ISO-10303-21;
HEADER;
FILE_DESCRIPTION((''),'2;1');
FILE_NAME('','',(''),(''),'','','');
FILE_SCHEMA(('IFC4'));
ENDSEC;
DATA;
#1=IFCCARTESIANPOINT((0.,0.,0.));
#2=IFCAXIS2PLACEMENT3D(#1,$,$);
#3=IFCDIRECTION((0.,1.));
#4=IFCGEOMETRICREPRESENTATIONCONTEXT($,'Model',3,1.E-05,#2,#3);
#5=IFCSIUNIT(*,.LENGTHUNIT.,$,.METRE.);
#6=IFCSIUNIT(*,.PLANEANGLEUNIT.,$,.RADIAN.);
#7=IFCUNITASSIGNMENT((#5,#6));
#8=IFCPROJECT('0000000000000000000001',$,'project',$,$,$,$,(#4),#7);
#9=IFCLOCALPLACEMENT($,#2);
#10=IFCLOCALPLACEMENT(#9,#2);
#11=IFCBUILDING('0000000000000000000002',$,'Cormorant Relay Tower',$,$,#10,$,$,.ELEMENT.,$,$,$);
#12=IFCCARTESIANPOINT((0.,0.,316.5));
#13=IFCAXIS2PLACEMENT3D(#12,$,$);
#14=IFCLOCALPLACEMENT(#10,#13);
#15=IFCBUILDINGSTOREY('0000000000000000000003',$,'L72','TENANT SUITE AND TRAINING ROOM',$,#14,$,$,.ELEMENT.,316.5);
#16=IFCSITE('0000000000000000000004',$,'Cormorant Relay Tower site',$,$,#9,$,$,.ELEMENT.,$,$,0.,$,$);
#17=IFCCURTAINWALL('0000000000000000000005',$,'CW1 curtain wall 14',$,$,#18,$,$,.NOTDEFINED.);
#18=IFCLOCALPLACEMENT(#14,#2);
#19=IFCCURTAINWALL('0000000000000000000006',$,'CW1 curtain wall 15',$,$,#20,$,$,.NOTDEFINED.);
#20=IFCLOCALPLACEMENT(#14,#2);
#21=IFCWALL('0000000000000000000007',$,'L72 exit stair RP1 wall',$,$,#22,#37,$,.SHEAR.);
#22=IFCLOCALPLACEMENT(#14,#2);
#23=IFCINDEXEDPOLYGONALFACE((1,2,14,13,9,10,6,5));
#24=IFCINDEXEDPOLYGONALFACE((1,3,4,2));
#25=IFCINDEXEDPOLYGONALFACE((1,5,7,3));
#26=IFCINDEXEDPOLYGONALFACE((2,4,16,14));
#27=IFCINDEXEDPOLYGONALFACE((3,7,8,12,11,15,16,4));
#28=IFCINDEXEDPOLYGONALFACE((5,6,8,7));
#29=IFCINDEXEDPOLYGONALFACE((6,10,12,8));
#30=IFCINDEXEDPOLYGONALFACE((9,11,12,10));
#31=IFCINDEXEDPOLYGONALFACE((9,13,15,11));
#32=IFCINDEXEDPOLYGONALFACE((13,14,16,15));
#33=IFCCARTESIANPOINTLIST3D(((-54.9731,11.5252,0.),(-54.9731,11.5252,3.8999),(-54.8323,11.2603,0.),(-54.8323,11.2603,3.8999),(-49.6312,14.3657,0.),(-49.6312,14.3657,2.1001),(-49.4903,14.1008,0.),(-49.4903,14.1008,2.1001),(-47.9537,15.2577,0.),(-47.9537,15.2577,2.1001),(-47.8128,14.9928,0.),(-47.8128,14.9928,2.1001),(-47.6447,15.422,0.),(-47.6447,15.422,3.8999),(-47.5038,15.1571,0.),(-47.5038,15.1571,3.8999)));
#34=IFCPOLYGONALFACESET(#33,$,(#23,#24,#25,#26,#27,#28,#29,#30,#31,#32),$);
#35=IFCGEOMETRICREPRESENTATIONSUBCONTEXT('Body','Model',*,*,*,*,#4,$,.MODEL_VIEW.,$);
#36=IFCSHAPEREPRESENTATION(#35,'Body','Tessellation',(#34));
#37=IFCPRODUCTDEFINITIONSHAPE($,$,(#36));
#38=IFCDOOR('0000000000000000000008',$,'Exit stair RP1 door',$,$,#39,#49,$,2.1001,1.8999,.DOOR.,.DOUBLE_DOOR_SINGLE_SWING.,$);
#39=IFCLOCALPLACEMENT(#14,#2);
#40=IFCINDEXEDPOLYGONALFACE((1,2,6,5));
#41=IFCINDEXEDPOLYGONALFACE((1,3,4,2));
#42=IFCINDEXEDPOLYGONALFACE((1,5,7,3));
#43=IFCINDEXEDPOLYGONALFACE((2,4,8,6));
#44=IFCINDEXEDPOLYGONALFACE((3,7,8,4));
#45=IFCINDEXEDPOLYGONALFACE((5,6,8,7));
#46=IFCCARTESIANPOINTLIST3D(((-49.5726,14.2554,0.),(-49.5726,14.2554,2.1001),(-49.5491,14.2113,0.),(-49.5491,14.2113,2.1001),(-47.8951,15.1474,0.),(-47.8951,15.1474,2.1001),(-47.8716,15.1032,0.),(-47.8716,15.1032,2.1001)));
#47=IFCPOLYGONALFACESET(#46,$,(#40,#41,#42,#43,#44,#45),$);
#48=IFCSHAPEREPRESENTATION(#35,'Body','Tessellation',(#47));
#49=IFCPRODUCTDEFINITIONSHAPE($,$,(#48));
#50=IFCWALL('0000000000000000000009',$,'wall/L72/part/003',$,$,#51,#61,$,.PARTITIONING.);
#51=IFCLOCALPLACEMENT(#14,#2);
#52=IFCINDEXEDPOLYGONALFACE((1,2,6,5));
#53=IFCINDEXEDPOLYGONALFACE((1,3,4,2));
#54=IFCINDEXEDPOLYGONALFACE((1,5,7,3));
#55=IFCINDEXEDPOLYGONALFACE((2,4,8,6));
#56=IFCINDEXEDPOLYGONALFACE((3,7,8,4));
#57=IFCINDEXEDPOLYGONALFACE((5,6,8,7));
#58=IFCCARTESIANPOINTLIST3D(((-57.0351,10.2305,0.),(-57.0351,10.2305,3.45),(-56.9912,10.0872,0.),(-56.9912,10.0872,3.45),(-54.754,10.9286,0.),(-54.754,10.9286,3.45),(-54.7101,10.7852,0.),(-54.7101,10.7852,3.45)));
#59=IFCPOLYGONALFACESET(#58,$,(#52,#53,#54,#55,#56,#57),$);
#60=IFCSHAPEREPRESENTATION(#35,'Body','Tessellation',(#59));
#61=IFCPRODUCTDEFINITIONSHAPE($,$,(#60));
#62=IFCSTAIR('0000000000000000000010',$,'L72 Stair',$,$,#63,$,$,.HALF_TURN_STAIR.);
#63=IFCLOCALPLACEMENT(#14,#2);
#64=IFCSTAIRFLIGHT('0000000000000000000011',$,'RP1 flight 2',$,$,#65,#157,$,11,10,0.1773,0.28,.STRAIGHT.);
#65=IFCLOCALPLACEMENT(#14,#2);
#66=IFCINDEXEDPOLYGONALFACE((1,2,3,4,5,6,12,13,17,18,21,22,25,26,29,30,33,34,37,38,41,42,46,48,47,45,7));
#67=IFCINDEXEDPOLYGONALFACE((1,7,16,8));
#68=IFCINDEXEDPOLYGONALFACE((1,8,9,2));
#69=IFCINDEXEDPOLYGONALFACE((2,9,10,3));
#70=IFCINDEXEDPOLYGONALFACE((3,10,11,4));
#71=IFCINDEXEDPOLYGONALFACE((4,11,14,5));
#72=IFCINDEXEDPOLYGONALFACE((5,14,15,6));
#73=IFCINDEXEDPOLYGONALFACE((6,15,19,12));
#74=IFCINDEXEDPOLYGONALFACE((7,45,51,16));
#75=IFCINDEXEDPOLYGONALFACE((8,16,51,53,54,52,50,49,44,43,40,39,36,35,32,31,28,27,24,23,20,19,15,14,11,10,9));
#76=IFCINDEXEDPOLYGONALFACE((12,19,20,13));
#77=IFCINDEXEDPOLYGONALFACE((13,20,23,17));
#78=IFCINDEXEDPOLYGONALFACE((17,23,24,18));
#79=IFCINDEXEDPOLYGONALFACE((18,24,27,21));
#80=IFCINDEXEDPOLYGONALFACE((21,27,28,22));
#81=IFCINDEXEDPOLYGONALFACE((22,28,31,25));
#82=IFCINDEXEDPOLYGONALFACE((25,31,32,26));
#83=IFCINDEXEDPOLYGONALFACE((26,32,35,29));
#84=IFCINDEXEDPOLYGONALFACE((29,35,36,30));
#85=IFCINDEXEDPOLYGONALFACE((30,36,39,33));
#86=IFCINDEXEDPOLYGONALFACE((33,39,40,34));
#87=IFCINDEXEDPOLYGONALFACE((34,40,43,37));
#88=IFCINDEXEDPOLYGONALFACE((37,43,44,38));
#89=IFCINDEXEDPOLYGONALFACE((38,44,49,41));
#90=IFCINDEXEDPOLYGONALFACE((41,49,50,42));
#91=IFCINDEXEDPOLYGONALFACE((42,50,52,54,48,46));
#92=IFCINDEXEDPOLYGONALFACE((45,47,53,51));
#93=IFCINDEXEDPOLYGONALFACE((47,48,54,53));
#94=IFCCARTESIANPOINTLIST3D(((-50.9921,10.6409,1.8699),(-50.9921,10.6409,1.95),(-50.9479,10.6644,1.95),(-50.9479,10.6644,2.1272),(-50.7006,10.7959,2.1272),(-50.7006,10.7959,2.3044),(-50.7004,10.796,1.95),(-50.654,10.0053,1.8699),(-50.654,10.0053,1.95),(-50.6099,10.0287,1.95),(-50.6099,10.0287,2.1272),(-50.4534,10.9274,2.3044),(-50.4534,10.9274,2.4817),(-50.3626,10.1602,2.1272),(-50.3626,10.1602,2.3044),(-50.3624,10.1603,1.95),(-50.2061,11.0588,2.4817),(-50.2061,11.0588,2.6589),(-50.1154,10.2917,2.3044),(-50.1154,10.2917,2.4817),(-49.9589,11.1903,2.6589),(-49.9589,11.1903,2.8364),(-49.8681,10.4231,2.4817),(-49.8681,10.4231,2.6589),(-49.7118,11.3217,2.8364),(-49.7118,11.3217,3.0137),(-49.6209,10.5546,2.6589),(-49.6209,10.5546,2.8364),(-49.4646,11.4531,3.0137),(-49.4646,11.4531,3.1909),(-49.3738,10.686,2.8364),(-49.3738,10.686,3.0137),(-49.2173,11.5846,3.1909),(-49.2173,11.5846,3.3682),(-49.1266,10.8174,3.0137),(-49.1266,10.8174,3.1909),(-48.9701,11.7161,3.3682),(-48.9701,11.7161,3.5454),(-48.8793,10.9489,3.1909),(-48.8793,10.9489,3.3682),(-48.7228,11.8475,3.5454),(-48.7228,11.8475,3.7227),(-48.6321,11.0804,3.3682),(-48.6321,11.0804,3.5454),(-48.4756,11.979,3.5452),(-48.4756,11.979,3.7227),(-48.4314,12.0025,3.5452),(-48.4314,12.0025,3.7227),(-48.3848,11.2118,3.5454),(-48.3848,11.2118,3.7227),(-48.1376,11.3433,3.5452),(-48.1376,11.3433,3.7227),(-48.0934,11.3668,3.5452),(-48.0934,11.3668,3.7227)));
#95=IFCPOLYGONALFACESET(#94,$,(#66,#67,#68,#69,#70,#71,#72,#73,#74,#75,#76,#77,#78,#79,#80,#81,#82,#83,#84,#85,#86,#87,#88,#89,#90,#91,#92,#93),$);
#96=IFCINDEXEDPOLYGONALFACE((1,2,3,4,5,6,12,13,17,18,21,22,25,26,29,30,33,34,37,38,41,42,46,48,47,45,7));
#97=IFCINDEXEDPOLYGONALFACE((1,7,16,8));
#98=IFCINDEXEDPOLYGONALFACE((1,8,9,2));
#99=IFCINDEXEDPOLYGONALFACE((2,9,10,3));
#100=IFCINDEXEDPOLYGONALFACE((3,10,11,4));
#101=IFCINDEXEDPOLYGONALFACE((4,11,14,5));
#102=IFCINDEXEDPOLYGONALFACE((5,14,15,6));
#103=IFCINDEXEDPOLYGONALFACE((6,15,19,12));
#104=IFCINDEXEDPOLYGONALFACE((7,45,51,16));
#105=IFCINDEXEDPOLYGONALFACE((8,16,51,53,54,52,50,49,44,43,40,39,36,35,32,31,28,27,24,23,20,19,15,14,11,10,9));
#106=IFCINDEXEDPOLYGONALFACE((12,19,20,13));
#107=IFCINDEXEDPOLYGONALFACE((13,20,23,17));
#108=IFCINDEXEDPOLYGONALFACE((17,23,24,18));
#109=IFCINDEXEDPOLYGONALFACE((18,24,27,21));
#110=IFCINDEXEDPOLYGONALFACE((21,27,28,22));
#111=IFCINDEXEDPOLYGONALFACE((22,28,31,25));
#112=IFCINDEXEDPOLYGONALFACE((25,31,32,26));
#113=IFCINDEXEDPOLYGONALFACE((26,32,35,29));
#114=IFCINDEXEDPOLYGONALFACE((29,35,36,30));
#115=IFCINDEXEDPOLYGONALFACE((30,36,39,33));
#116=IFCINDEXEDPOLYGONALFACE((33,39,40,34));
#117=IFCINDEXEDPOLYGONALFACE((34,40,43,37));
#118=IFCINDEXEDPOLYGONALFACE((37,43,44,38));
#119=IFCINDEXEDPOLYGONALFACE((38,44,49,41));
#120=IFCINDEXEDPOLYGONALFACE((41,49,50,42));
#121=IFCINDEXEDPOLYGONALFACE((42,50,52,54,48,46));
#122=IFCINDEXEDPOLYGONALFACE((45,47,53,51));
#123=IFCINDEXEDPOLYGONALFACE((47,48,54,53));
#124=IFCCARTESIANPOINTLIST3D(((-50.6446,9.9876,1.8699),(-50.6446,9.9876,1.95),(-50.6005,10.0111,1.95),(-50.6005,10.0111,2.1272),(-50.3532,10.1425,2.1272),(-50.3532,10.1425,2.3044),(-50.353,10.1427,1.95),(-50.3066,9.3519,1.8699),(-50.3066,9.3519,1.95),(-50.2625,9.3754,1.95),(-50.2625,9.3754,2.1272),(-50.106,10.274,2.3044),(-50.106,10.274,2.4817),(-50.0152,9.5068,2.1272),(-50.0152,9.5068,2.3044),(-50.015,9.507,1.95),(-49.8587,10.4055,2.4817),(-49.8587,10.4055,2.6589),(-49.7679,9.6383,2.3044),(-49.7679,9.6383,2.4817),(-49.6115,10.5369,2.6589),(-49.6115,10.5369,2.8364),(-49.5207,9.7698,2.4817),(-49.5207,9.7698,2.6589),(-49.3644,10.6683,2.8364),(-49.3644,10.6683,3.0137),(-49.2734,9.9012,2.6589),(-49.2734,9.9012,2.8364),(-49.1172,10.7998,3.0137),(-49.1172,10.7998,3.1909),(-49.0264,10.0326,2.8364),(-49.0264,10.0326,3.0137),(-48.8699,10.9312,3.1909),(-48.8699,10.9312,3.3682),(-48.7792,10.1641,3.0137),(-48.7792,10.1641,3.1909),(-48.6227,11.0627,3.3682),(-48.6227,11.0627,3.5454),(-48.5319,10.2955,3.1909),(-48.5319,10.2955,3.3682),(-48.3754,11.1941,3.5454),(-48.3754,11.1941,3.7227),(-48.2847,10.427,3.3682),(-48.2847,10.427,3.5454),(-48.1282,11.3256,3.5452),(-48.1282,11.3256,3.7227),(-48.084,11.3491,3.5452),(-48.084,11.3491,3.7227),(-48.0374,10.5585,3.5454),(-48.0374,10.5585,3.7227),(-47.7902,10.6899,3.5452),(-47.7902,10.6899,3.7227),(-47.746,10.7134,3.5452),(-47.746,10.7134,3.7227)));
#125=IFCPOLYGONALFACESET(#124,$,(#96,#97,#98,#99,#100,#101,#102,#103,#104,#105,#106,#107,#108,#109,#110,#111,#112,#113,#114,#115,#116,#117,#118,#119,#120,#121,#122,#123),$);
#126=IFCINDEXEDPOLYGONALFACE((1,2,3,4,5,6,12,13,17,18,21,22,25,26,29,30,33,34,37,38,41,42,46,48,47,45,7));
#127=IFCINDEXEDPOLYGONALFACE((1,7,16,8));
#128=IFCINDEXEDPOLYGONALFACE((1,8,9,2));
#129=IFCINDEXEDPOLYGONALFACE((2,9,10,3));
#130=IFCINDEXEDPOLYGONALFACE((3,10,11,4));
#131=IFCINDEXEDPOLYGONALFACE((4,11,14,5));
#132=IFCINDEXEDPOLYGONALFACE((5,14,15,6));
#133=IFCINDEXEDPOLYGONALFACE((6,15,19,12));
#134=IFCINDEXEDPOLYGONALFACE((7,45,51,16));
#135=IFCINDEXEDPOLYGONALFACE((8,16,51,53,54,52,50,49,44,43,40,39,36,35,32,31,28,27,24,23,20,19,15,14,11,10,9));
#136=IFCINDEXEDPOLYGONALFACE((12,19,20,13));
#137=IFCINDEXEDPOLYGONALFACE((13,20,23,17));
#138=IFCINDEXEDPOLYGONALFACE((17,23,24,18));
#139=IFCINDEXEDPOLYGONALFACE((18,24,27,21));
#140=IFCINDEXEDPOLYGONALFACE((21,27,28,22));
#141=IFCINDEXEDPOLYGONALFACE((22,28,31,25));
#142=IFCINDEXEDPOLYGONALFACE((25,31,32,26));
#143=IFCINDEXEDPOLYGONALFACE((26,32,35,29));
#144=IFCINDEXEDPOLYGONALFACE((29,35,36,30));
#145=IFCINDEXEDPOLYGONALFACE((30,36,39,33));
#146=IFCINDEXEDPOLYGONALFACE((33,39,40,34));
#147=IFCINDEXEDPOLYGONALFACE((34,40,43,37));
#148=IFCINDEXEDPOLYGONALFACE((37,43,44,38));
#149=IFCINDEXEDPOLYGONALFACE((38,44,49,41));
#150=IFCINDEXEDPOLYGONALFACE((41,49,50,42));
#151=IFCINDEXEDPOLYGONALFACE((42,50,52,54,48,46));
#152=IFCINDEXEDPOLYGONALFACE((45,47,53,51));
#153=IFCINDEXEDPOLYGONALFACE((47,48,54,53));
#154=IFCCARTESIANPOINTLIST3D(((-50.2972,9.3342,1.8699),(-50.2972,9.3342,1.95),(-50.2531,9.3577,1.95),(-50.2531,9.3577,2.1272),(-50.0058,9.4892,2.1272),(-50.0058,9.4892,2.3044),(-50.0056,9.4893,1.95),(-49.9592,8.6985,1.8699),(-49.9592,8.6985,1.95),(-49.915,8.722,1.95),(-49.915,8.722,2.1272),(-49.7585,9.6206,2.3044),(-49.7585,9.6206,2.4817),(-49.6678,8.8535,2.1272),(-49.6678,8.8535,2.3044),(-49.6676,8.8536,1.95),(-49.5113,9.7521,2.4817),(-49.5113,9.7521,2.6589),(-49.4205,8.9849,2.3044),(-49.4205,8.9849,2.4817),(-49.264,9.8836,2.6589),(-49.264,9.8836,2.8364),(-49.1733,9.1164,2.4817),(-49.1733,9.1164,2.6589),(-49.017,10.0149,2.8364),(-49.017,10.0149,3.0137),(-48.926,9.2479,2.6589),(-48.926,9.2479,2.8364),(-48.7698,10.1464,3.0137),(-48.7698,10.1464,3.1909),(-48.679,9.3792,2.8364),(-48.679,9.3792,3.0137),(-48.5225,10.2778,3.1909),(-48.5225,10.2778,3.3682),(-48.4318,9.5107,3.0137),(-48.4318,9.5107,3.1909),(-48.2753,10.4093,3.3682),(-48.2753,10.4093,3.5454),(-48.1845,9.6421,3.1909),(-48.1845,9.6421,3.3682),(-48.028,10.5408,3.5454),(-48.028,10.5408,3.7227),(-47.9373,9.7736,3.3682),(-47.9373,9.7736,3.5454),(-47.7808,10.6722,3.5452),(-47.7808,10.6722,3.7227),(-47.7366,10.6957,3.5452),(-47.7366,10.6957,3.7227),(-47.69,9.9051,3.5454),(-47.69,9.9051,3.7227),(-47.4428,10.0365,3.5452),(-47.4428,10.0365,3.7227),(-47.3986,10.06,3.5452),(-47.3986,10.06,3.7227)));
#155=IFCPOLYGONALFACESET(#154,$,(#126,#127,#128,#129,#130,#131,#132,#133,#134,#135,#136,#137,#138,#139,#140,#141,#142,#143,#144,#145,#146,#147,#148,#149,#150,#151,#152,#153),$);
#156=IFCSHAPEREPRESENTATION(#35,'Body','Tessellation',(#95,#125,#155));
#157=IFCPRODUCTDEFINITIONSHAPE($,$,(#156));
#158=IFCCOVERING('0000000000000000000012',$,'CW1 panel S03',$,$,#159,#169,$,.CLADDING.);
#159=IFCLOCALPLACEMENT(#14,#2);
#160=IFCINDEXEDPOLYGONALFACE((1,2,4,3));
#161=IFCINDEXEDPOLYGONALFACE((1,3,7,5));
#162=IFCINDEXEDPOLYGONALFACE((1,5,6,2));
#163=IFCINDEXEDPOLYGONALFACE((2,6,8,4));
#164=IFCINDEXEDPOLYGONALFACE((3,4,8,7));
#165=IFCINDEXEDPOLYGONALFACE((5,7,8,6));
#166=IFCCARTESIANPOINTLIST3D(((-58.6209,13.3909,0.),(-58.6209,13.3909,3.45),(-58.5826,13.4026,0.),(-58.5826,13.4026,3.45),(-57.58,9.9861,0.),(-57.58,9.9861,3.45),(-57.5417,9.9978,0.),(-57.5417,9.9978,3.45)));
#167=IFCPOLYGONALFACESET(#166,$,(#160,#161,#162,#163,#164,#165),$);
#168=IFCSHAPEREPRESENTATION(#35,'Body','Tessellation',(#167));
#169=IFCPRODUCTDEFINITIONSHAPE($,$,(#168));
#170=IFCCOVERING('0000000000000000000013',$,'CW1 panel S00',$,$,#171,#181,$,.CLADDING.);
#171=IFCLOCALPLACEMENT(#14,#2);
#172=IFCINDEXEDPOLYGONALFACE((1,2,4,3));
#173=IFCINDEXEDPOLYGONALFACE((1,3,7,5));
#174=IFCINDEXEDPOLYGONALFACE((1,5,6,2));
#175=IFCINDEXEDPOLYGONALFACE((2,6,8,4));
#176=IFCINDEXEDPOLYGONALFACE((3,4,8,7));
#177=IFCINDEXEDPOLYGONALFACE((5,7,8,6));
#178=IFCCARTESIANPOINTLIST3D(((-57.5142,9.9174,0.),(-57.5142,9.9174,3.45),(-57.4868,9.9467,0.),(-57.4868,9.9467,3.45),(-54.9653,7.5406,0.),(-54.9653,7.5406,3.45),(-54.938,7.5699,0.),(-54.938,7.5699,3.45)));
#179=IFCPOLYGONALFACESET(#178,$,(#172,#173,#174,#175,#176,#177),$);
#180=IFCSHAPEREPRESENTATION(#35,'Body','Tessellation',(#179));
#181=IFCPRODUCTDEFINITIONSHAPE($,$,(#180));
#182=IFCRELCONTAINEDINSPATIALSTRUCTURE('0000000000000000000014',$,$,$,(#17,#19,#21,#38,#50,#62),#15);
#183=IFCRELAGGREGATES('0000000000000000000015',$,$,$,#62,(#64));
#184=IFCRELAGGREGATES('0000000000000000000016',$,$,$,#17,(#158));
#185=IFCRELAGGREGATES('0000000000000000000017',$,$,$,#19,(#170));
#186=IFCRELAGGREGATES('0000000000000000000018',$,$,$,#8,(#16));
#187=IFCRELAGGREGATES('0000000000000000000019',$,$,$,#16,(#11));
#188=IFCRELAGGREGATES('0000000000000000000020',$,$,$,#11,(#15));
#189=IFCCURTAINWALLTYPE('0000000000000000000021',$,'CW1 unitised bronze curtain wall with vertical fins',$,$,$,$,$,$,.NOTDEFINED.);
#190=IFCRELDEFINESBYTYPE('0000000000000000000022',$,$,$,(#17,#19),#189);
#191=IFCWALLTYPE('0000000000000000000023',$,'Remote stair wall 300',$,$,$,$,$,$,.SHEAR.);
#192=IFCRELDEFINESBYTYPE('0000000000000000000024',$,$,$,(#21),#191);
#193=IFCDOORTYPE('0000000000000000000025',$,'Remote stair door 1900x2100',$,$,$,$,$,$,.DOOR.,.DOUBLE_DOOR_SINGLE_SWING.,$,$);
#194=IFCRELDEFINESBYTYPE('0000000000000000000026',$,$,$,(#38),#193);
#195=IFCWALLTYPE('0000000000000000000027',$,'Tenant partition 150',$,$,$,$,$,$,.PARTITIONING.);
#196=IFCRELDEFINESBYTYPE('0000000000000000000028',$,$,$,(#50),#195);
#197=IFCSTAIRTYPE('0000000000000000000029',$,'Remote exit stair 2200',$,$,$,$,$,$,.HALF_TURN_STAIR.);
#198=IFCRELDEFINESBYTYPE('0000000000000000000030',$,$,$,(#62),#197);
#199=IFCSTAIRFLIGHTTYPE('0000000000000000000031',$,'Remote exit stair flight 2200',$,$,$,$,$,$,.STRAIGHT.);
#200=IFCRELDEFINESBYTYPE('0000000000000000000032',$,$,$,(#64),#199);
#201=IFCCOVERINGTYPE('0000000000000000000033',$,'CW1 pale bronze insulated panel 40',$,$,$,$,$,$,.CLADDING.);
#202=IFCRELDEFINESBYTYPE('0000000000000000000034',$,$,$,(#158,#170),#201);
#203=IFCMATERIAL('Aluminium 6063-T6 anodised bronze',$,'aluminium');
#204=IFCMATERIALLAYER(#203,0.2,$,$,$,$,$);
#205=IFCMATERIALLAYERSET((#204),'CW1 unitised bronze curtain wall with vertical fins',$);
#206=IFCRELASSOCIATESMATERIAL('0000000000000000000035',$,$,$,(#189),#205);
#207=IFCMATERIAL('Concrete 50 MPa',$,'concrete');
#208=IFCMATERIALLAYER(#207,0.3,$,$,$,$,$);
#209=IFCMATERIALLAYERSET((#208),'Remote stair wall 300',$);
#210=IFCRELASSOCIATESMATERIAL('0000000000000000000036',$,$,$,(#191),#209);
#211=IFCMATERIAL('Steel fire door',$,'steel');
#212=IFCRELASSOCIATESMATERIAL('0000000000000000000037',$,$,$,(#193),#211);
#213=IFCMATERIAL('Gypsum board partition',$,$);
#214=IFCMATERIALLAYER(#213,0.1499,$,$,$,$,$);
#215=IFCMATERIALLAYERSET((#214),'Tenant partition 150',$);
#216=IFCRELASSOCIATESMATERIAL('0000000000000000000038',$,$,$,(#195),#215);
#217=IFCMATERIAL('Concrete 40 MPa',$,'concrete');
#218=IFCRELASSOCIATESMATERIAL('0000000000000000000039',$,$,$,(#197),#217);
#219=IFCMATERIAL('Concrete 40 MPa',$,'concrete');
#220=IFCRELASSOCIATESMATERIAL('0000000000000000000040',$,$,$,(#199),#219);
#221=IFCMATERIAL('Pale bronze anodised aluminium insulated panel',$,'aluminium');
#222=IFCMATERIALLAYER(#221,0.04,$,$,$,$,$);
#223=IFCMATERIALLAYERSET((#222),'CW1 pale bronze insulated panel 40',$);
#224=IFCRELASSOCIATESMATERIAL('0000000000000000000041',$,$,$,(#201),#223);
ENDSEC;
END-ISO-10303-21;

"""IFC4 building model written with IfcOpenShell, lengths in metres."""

from ifc_helpers import new_model, si_unit, direction, frame, frame_2d, origin, origin_2d, place, context, subcontext, project, spatial, polyline, rectangle, outline, extrude, material, layer, layer_set, type_object, element, fill, aggregate, save


model = new_model("IFC4")

# Units and contexts
model_context = context("Model", 3, precision=1e-05, world=origin(), true_north=direction((0.0, 1.0)))
body_context = subcontext(model_context, "Body", "Model", "MODEL_VIEW")
ifc_project = project(units=[si_unit("LENGTHUNIT", "METRE"), si_unit("PLANEANGLEUNIT", "RADIAN")], contexts=[model_context])

# Site, building, storey
site_placement = place(None, origin())
site = spatial("IfcSite", under=ifc_project, at=site_placement, Name="Cormorant Relay Tower site", CompositionType="ELEMENT", RefElevation=0.0)
building_placement = place(site_placement, origin())
building = spatial("IfcBuilding", under=site, at=building_placement, Name="Cormorant Relay Tower", CompositionType="ELEMENT")
storey_placement = place(building_placement, frame((0.0, 0.0, 316.5)))
storey = spatial("IfcBuildingStorey", under=building, at=storey_placement, Name="L72", Description="TENANT SUITE AND TRAINING ROOM", CompositionType="ELEMENT", Elevation=316.5)

# Curtain wall
ifc_material_1 = material(Name="Aluminium 6063-T6 anodised bronze", Category="aluminium")
ifc_layer_1 = layer(ifc_material_1, 0.2)
ifc_layer_set_1 = layer_set([ifc_layer_1], Name="CW1 unitised bronze curtain wall with vertical fins")
curtain_wall_type = type_object("IfcCurtainWallType", Name="CW1 unitised bronze curtain wall with vertical fins", PredefinedType="NOTDEFINED", material=ifc_layer_set_1)
curtain_wall_1_placement = place(storey_placement, origin())
curtain_wall_1 = element("IfcCurtainWall", 1, at=curtain_wall_1_placement, inside=storey, type_object=curtain_wall_type, Name="CW1 curtain wall 14", PredefinedType="NOTDEFINED")

# Curtain wall
curtain_wall_2_placement = place(storey_placement, origin())
curtain_wall_2 = element("IfcCurtainWall", 2, at=curtain_wall_2_placement, inside=storey, type_object=curtain_wall_type, Name="CW1 curtain wall 15", PredefinedType="NOTDEFINED")

# Shared definitions
ifc_material_2 = material(Name="Concrete 50 MPa", Category="concrete")
ifc_layer_2 = layer(ifc_material_2, 0.3)
ifc_layer_set_2 = layer_set([ifc_layer_2], Name="Remote stair wall 300")
wall_type_1 = type_object("IfcWallType", Name="Remote stair wall 300", PredefinedType="SHEAR", material=ifc_layer_set_2)

# Wall, opening, door
wall_1_placement = place(storey_placement, frame((-54.9026, 11.3928, 0.0), z_axis=(0.0, 0.0, 1.0), x_axis=(0.882939, 0.469487, 0.0)))
wall_1 = element("IfcWall", 3, at=wall_1_placement, inside=storey, type_object=wall_type_1, Name="L72 exit stair RP1 wall", PredefinedType="SHEAR", context=body_context, shape_type="SweptSolid", body=[
    extrude(rectangle(XDim=8.3, YDim=0.3, at=frame_2d((4.1499, 0.0))), origin(), (0.0, 0.0, 1.0), 3.8999),
])
opening_1_placement = place(wall_1_placement, frame((6.05, 0.0, 0.0)))
opening_1 = element("IfcOpeningElement", 4, at=opening_1_placement, cuts=wall_1, PredefinedType="OPENING", context=body_context, shape_type="SweptSolid", body=[
    extrude(rectangle(XDim=1.8999, YDim=2.1001, at=frame_2d((0.95, 1.05))), frame((0.0, 0.1599, 0.0), z_axis=(0.0, -1.0, 0.0), x_axis=(1.0, 0.0, 0.0)), (0.0, 0.0, 1.0), 0.3201),
])
ifc_material_3 = material(Name="Steel fire door", Category="steel")
door_type_1 = type_object("IfcDoorType", Name="Remote stair door 1900x2100", OperationType="DOUBLE_DOOR_SINGLE_SWING", PredefinedType="DOOR", material=ifc_material_3)
door_1_placement = place(opening_1_placement, frame((1.8999, 0.0, 0.0), z_axis=(0.0, 0.0, 1.0), x_axis=(-1.0, 0.0, 0.0)))
door_1 = element("IfcDoor", 5, at=door_1_placement, inside=storey, type_object=door_type_1, Name="Exit stair RP1 door", OperationType="DOUBLE_DOOR_SINGLE_SWING", OverallHeight=2.1001, OverallWidth=1.8999, PredefinedType="DOOR", context=body_context, shape_type="SweptSolid", body=[
    extrude(rectangle(XDim=1.8999, YDim=2.1001, at=frame_2d((0.95, 1.05))), frame((0.0, 0.0249, 0.0), z_axis=(0.0, -1.0, 0.0), x_axis=(1.0, 0.0, 0.0)), (0.0, 0.0, 1.0), 0.05),
])
fill(opening_1, door_1)

# Wall
ifc_material_4 = material(Name="Gypsum board partition")
ifc_layer_3 = layer(ifc_material_4, 0.1499)
ifc_layer_set_3 = layer_set([ifc_layer_3], Name="Tenant partition 150")
wall_type_2 = type_object("IfcWallType", Name="Tenant partition 150", PredefinedType="PARTITIONING", material=ifc_layer_set_3)
wall_2_placement = place(storey_placement, frame((-54.7319, 10.8569, 0.0), z_axis=(0.0, 0.0, 1.0), x_axis=(-0.956232, -0.292611, 0.0)))
element("IfcWall", 6, at=wall_2_placement, inside=storey, type_object=wall_type_2, Name="wall/L72/part/003", PredefinedType="PARTITIONING", context=body_context, shape_type="SweptSolid", body=[
    extrude(rectangle(XDim=2.3855, YDim=0.1499, at=frame_2d((1.1929, 0.0))), origin(), (0.0, 0.0, 1.0), 3.45),
])

# Stair, stair flight
ifc_material_5 = material(Name="Concrete 40 MPa", Category="concrete")
stair_type = type_object("IfcStairType", Name="Remote exit stair 2200", PredefinedType="HALF_TURN_STAIR", material=ifc_material_5)
stair_placement = place(storey_placement, origin())
stair = element("IfcStair", 7, at=stair_placement, inside=storey, type_object=stair_type, Name="L72 Stair", PredefinedType="HALF_TURN_STAIR")
ifc_material_6 = material(Name="Concrete 40 MPa", Category="concrete")
stair_flight_type = type_object("IfcStairFlightType", Name="Remote exit stair flight 2200", PredefinedType="STRAIGHT", material=ifc_material_6)
stair_flight_placement = place(storey_placement, frame((-50.4314, 9.6931, 1.95), z_axis=(0.0, 0.0, 1.0), x_axis=(0.882948, 0.469472, 0.0)))
stair_flight = element("IfcStairFlight", 8, at=stair_flight_placement, type_object=stair_flight_type, Name="RP1 flight 2", NumberOfRisers=11, NumberOfTreads=10, PredefinedType="STRAIGHT", RiserHeight=0.1773, TreadLength=0.28, context=body_context, shape_type="SweptSolid", body=[
    extrude(outline(polyline([(-0.05, -0.0801), (-0.05, 0.0), (0.0, 0.0), (0.0, 0.1772), (0.28, 0.1772), (0.28, 0.3545), (0.5601, 0.3545), (0.5601, 0.5317), (0.8401, 0.5317), (0.8401, 0.709), (1.1201, 0.709), (1.1201, 0.8865), (1.3999, 0.8865), (1.3999, 1.0637), (1.6799, 1.0637), (1.6799, 1.241), (1.96, 1.241), (1.96, 1.4182), (2.24, 1.4182), (2.24, 1.5955), (2.52, 1.5955), (2.52, 1.7727), (2.8, 1.7727), (2.8501, 1.7727), (2.8501, 1.5952), (2.8, 1.5952), (0.2803, 0.0), (-0.05, -0.0801)])), frame((0.0, 1.1001, 0.0), z_axis=(0.0, -1.0, 0.0), x_axis=(1.0, 0.0, 0.0)), (0.0, 0.0, 1.0), 0.72),
    extrude(outline(polyline([(-0.05, -0.0801), (-0.05, 0.0), (0.0, 0.0), (0.0, 0.1772), (0.28, 0.1772), (0.28, 0.3545), (0.5601, 0.3545), (0.5601, 0.5317), (0.8401, 0.5317), (0.8401, 0.709), (1.1201, 0.709), (1.1201, 0.8865), (1.3999, 0.8865), (1.3999, 1.0637), (1.6799, 1.0637), (1.6799, 1.241), (1.96, 1.241), (1.96, 1.4182), (2.24, 1.4182), (2.24, 1.5955), (2.52, 1.5955), (2.52, 1.7727), (2.8, 1.7727), (2.8501, 1.7727), (2.8501, 1.5952), (2.8, 1.5952), (0.2803, 0.0), (-0.05, -0.0801)])), frame((0.0, 0.3601, 0.0), z_axis=(0.0, -1.0, 0.0), x_axis=(1.0, 0.0, 0.0)), (0.0, 0.0, 1.0), 0.72),
    extrude(outline(polyline([(-0.05, -0.0801), (-0.05, 0.0), (0.0, 0.0), (0.0, 0.1772), (0.28, 0.1772), (0.28, 0.3545), (0.5601, 0.3545), (0.5601, 0.5317), (0.8401, 0.5317), (0.8401, 0.709), (1.1201, 0.709), (1.1201, 0.8865), (1.3999, 0.8865), (1.3999, 1.0637), (1.6799, 1.0637), (1.6799, 1.241), (1.96, 1.241), (1.96, 1.4182), (2.24, 1.4182), (2.24, 1.5955), (2.52, 1.5955), (2.52, 1.7727), (2.8, 1.7727), (2.8501, 1.7727), (2.8501, 1.5952), (2.8, 1.5952), (0.2803, 0.0), (-0.05, -0.0801)])), frame((0.0, -0.3799, 0.0), z_axis=(0.0, -1.0, 0.0), x_axis=(1.0, 0.0, 0.0)), (0.0, 0.0, 1.0), 0.72),
])
aggregate(stair, [stair_flight])

# Coverings
ifc_material_7 = material(Name="Pale bronze anodised aluminium insulated panel", Category="aluminium")
ifc_layer_4 = layer(ifc_material_7, 0.04)
ifc_layer_set_4 = layer_set([ifc_layer_4], Name="CW1 pale bronze insulated panel 40")
covering_type = type_object("IfcCoveringType", Name="CW1 pale bronze insulated panel 40", PredefinedType="CLADDING", material=ifc_layer_set_4)
covering_1_placement = place(storey_placement, frame((-58.0813, 11.6943, 0.0), z_axis=(0.0, 0.0, 1.0), x_axis=(0.292372, -0.956305, 0.0)))
covering_1 = element("IfcCovering", 9, at=covering_1_placement, type_object=covering_type, Name="CW1 panel S03", PredefinedType="CLADDING", context=body_context, shape_type="SweptSolid", body=[
    extrude(rectangle(XDim=3.5603, YDim=0.04, at=origin_2d()), origin(), (0.0, 0.0, 1.0), 3.45),
])
aggregate(curtain_wall_1, [covering_1])
covering_2_placement = place(storey_placement, frame((-56.2261, 8.7437, 0.0), z_axis=(0.0, 0.0, 1.0), x_axis=(0.731354, -0.681998, 0.0)))
covering_2 = element("IfcCovering", 10, at=covering_2_placement, type_object=covering_type, Name="CW1 panel S00", PredefinedType="CLADDING", context=body_context, shape_type="SweptSolid", body=[
    extrude(rectangle(XDim=3.4851, YDim=0.04, at=origin_2d()), origin(), (0.0, 0.0, 1.0), 3.45),
])
aggregate(curtain_wall_2, [covering_2])

save(model, "model.ifc")
